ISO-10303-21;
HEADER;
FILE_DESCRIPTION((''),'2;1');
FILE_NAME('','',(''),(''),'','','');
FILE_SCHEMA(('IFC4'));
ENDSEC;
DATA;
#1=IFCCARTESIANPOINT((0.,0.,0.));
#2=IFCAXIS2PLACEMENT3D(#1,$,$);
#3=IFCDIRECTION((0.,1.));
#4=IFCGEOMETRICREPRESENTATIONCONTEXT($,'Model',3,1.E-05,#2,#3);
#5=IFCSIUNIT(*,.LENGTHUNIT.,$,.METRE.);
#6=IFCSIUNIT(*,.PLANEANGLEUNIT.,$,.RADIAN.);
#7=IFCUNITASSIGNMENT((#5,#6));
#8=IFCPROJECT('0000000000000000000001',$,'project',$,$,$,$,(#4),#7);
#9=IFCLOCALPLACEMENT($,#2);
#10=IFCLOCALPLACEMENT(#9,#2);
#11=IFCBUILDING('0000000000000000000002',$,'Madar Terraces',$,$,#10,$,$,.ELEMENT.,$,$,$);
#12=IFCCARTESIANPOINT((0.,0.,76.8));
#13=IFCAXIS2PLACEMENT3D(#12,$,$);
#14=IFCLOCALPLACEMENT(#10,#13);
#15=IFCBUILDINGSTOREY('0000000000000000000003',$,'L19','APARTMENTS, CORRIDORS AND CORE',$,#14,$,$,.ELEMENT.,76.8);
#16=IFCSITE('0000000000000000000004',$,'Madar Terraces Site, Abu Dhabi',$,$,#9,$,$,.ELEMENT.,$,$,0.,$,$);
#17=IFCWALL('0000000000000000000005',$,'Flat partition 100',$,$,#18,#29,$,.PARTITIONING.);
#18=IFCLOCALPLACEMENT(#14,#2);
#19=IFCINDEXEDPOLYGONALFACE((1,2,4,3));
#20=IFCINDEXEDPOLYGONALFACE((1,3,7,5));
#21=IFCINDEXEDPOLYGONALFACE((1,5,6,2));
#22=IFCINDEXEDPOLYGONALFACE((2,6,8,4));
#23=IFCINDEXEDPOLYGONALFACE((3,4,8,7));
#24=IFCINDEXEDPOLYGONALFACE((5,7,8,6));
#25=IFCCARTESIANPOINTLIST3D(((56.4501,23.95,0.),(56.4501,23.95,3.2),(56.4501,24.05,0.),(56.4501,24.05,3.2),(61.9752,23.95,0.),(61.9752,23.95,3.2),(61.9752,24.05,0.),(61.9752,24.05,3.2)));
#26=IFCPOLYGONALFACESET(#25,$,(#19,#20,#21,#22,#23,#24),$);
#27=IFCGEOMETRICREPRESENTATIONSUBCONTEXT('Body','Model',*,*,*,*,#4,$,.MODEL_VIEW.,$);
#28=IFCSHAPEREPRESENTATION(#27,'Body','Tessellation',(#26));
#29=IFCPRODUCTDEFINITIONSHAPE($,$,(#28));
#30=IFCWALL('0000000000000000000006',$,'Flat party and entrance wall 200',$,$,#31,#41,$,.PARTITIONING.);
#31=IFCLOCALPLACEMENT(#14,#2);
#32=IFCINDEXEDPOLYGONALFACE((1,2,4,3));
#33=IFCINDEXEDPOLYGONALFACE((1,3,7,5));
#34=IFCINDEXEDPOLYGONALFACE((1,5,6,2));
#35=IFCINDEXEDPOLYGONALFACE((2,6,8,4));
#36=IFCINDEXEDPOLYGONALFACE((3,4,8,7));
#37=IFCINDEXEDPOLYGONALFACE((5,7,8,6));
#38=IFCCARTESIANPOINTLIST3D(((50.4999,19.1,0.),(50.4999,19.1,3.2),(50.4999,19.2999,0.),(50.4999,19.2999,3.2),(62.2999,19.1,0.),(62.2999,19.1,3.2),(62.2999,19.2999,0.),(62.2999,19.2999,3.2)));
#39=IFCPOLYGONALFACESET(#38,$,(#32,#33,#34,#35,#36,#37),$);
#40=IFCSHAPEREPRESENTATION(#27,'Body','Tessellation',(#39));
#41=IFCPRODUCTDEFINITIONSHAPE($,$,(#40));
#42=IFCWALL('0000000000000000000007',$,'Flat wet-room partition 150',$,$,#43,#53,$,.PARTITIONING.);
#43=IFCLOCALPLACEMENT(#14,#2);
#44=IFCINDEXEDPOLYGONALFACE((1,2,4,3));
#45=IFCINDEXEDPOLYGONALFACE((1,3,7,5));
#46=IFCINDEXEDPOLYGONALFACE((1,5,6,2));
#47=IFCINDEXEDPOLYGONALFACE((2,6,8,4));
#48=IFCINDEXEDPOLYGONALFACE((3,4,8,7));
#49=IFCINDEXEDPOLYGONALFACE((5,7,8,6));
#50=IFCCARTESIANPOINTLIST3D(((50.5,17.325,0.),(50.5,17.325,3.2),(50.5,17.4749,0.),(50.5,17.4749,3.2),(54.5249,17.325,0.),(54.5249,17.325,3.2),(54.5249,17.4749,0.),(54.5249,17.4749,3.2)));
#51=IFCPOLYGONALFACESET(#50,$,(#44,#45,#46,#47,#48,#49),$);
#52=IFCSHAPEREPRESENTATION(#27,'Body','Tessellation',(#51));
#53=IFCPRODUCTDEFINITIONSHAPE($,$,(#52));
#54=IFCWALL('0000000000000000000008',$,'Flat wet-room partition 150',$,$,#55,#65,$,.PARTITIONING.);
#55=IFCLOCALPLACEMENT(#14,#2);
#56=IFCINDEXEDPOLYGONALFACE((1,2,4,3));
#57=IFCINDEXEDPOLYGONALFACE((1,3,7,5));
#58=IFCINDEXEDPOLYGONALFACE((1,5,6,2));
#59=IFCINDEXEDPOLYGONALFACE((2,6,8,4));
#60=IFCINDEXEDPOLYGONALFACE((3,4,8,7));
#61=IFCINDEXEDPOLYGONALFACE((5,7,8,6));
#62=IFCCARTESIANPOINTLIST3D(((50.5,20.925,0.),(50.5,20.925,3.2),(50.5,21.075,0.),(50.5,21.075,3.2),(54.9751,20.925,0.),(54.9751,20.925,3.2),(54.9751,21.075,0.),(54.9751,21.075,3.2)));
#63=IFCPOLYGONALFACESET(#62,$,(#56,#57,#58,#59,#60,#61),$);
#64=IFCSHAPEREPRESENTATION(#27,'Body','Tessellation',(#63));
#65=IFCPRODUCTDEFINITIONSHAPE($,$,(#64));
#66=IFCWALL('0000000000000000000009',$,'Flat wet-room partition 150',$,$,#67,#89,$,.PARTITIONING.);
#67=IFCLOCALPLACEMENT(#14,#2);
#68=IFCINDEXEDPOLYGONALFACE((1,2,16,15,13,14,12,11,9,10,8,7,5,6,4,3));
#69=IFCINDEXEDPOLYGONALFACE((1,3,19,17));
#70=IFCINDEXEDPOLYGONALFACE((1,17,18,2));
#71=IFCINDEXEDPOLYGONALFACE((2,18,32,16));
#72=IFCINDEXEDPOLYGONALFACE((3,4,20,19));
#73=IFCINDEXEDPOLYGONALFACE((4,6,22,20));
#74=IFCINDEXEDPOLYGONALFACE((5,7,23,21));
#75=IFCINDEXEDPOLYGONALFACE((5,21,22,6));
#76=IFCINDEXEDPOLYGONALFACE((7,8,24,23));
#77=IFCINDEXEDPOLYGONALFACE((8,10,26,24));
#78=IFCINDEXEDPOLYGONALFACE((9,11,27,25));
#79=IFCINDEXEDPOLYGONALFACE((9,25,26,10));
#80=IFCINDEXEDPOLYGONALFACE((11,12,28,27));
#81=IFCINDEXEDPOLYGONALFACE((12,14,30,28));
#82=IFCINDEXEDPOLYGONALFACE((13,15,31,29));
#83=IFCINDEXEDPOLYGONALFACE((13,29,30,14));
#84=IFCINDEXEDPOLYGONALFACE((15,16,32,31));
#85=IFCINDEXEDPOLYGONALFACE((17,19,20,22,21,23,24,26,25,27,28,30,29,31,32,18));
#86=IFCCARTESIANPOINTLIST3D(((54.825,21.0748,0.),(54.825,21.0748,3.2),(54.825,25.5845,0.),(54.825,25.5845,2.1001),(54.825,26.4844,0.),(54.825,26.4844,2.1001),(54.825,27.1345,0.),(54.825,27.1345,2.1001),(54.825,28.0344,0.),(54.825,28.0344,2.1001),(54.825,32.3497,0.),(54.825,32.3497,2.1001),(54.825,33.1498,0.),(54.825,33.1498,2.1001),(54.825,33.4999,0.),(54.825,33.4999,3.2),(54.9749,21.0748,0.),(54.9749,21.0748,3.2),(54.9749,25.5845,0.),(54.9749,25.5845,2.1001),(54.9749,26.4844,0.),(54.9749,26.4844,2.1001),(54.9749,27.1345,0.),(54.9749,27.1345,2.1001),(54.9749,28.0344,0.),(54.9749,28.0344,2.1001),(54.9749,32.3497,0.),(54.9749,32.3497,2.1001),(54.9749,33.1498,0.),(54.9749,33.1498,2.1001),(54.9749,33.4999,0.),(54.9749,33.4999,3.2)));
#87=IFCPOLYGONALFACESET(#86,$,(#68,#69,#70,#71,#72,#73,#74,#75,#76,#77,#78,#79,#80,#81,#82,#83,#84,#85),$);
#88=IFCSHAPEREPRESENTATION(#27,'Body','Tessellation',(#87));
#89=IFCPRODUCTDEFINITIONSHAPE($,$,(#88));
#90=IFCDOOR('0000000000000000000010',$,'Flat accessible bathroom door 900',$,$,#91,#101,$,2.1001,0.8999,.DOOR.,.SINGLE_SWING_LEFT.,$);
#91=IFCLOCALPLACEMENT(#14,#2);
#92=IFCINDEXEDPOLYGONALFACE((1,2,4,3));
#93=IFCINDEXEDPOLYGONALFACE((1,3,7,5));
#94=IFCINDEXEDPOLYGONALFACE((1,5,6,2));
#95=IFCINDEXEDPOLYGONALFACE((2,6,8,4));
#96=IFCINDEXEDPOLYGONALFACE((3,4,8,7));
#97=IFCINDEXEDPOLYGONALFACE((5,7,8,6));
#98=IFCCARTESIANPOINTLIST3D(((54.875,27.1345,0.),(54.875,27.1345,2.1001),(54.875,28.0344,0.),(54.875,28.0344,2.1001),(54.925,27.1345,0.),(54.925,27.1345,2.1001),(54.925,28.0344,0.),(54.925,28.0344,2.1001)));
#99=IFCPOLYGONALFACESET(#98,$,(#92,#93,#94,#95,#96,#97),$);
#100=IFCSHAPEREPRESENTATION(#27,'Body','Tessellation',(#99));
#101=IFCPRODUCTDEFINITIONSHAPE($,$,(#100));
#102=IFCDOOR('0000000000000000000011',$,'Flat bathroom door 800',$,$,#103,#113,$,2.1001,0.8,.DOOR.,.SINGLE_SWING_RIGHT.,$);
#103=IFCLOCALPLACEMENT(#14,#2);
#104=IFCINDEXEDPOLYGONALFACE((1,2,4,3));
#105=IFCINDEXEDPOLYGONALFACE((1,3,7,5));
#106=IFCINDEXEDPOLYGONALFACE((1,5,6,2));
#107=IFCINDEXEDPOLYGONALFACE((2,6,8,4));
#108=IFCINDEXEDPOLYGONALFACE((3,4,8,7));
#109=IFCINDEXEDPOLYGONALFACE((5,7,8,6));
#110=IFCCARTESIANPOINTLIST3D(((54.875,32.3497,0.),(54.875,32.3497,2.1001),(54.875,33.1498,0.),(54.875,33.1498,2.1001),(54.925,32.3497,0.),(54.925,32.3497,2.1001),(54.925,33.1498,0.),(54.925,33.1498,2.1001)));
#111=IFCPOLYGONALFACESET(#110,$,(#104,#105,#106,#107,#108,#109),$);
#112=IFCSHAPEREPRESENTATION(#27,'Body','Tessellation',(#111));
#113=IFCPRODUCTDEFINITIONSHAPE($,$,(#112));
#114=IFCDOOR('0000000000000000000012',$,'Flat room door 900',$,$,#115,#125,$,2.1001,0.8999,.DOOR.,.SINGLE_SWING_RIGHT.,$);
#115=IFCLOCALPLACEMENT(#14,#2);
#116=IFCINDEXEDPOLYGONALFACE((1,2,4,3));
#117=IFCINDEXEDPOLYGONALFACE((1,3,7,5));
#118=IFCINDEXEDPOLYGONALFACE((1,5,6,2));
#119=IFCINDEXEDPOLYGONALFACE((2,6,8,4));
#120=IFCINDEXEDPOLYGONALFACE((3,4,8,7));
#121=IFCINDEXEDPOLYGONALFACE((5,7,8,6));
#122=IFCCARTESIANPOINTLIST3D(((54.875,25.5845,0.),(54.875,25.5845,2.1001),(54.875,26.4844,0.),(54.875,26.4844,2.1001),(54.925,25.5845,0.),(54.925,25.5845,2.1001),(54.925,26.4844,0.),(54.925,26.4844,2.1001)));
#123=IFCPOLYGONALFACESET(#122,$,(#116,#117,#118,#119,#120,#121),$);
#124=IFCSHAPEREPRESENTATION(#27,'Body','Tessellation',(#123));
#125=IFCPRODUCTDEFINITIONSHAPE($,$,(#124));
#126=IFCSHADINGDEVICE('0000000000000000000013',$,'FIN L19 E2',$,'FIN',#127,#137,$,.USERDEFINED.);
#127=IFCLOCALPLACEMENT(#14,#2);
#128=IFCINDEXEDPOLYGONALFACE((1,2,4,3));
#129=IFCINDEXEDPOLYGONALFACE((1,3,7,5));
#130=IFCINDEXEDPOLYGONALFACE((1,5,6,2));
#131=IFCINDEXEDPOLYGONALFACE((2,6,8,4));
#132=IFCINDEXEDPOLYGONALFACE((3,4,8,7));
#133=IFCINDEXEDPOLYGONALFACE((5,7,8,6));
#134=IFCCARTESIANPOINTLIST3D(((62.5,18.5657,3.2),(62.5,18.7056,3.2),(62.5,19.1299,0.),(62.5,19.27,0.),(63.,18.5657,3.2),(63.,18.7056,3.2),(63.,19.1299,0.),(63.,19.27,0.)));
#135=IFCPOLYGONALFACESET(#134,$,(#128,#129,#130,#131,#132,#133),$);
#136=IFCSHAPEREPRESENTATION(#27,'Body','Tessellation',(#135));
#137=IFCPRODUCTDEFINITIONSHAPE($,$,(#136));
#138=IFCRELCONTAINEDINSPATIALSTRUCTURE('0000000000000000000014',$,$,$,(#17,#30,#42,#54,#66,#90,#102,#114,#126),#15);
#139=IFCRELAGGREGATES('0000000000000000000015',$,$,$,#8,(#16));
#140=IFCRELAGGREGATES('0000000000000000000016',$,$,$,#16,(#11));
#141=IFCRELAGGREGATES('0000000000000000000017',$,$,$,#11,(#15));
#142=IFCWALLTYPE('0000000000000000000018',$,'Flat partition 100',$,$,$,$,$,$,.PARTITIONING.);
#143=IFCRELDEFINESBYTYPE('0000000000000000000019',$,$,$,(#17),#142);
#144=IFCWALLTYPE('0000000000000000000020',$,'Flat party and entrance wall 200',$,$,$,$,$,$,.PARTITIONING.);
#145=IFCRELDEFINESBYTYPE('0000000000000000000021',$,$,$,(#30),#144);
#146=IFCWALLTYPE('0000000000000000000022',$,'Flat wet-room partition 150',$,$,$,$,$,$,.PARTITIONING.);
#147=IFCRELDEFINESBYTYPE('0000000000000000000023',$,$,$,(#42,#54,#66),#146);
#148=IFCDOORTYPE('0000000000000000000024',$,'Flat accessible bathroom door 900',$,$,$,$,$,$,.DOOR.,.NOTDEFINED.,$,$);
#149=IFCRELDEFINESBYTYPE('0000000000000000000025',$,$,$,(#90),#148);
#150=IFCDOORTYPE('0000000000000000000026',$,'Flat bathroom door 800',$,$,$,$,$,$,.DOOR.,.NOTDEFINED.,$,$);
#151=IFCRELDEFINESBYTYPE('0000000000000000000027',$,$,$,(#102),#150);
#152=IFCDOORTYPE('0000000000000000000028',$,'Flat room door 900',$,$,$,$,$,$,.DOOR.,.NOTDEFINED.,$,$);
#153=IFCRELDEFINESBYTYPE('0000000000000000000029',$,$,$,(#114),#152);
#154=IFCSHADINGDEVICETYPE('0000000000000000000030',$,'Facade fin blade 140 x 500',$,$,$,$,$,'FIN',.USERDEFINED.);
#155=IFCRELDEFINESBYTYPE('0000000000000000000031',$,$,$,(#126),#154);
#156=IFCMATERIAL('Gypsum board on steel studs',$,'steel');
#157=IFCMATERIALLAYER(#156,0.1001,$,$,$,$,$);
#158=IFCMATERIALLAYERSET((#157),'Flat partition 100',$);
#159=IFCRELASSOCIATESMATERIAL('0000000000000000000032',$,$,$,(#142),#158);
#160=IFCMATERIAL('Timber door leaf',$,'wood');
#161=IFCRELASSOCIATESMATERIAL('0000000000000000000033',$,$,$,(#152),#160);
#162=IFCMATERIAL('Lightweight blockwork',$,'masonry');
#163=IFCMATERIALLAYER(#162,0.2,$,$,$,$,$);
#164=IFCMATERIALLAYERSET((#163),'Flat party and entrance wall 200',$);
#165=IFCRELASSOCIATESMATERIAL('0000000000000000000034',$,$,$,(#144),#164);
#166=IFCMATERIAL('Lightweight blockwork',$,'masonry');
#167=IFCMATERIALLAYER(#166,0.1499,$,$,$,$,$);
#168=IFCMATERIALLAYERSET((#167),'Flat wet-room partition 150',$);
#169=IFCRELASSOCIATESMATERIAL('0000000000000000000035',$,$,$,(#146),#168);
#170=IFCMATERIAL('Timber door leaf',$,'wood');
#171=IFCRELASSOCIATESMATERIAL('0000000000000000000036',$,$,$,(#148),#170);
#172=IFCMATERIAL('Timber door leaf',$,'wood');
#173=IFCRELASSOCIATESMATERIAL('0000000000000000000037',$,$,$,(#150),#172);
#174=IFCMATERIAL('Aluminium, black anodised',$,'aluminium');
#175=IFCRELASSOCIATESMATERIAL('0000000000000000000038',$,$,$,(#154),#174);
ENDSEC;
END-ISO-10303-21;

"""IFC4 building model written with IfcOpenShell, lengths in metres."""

from ifc_helpers import new_model, si_unit, direction, frame, frame_2d, origin, place, context, subcontext, project, spatial, polyline, rectangle, outline, extrude, material, layer, layer_set, type_object, element, fill, save


model = new_model("IFC4")

# Units and contexts
model_context = context("Model", 3, precision=1e-05, world=origin(), true_north=direction((0.0, 1.0)))
body_context = subcontext(model_context, "Body", "Model", "MODEL_VIEW")
ifc_project = project(units=[si_unit("LENGTHUNIT", "METRE"), si_unit("PLANEANGLEUNIT", "RADIAN")], contexts=[model_context])

# Site, building, storey
site_placement = place(None, origin())
site = spatial("IfcSite", under=ifc_project, at=site_placement, Name="Madar Terraces Site, Abu Dhabi", CompositionType="ELEMENT", RefElevation=0.0)
building_placement = place(site_placement, origin())
building = spatial("IfcBuilding", under=site, at=building_placement, Name="Madar Terraces", CompositionType="ELEMENT")
storey_placement = place(building_placement, frame((0.0, 0.0, 76.8)))
storey = spatial("IfcBuildingStorey", under=building, at=storey_placement, Name="L19", Description="APARTMENTS, CORRIDORS AND CORE", CompositionType="ELEMENT", Elevation=76.8)

# Shared definitions
ifc_material_1 = material(Name="Gypsum board on steel studs", Category="steel")
ifc_layer_1 = layer(ifc_material_1, 0.1001)
ifc_layer_set_1 = layer_set([ifc_layer_1], Name="Flat partition 100")
wall_type_1 = type_object("IfcWallType", Name="Flat partition 100", PredefinedType="PARTITIONING", material=ifc_layer_set_1)
ifc_material_2 = material(Name="Timber door leaf", Category="wood")
door_type_1 = type_object("IfcDoorType", Name="Flat room door 900", OperationType="NOTDEFINED", PredefinedType="DOOR", material=ifc_material_2)

# Walls
wall_1_placement = place(storey_placement, frame((56.45, 24.0, 0.0), z_axis=(0.0, 0.0, 1.0), x_axis=(1.0, 0.0, 0.0)))
element("IfcWall", 1, at=wall_1_placement, inside=storey, type_object=wall_type_1, Name="Flat partition 100", PredefinedType="PARTITIONING", context=body_context, shape_type="SweptSolid", body=[
    extrude(rectangle(XDim=5.5251, YDim=0.1001, at=frame_2d((2.7627, 0.0))), origin(), (0.0, 0.0, 1.0), 3.2),
])
ifc_material_3 = material(Name="Lightweight blockwork", Category="masonry")
ifc_layer_2 = layer(ifc_material_3, 0.2)
ifc_layer_set_2 = layer_set([ifc_layer_2], Name="Flat party and entrance wall 200")
wall_type_2 = type_object("IfcWallType", Name="Flat party and entrance wall 200", PredefinedType="PARTITIONING", material=ifc_layer_set_2)
wall_2_placement = place(storey_placement, frame((50.5, 19.2, 0.0), z_axis=(0.0, 0.0, 1.0), x_axis=(1.0, 0.0, 0.0)))
element("IfcWall", 2, at=wall_2_placement, inside=storey, type_object=wall_type_2, Name="Flat party and entrance wall 200", PredefinedType="PARTITIONING", context=body_context, shape_type="SweptSolid", body=[
    extrude(rectangle(XDim=11.8, YDim=0.2, at=frame_2d((5.8999, 0.0))), origin(), (0.0, 0.0, 1.0), 3.2),
])
ifc_material_4 = material(Name="Lightweight blockwork", Category="masonry")
ifc_layer_3 = layer(ifc_material_4, 0.1499)
ifc_layer_set_3 = layer_set([ifc_layer_3], Name="Flat wet-room partition 150")
wall_type_3 = type_object("IfcWallType", Name="Flat wet-room partition 150", PredefinedType="PARTITIONING", material=ifc_layer_set_3)
wall_3_placement = place(storey_placement, frame((50.5, 17.3999, 0.0), z_axis=(0.0, 0.0, 1.0), x_axis=(1.0, 0.0, 0.0)))
element("IfcWall", 3, at=wall_3_placement, inside=storey, type_object=wall_type_3, Name="Flat wet-room partition 150", PredefinedType="PARTITIONING", context=body_context, shape_type="SweptSolid", body=[
    extrude(rectangle(XDim=4.0249, YDim=0.1499, at=frame_2d((2.0125, 0.0))), origin(), (0.0, 0.0, 1.0), 3.2),
])
wall_4_placement = place(storey_placement, frame((50.5, 21.0, 0.0), z_axis=(0.0, 0.0, 1.0), x_axis=(1.0, 0.0, 0.0)))
element("IfcWall", 4, at=wall_4_placement, inside=storey, type_object=wall_type_3, Name="Flat wet-room partition 150", PredefinedType="PARTITIONING", context=body_context, shape_type="SweptSolid", body=[
    extrude(rectangle(XDim=4.4751, YDim=0.1499, at=frame_2d((2.2375, 0.0))), origin(), (0.0, 0.0, 1.0), 3.2),
])

# Wall, openings, doors
wall_5_placement = place(storey_placement, frame((54.8999, 21.075, 0.0), z_axis=(0.0, 0.0, 1.0), x_axis=(0.0, 1.0, 0.0)))
wall_5 = element("IfcWall", 5, at=wall_5_placement, inside=storey, type_object=wall_type_3, Name="Flat wet-room partition 150", PredefinedType="PARTITIONING", context=body_context, shape_type="SweptSolid", body=[
    extrude(rectangle(XDim=12.425, YDim=0.1499, at=frame_2d((6.2124, 0.0))), origin(), (0.0, 0.0, 1.0), 3.2),
])
opening_1_placement = place(wall_5_placement, frame((4.5095, 0.0, 0.0)))
opening_1 = element("IfcOpeningElement", 6, at=opening_1_placement, cuts=wall_5, PredefinedType="OPENING", context=body_context, shape_type="SweptSolid", body=[
    extrude(rectangle(XDim=0.8999, YDim=2.1001, at=frame_2d((0.45, 1.05))), frame((0.0, 0.085, 0.0), z_axis=(0.0, -1.0, 0.0), x_axis=(1.0, 0.0, 0.0)), (0.0, 0.0, 1.0), 0.1699),
])
opening_2_placement = place(wall_5_placement, frame((6.0596, 0.0, 0.0)))
opening_2 = element("IfcOpeningElement", 7, at=opening_2_placement, cuts=wall_5, PredefinedType="OPENING", context=body_context, shape_type="SweptSolid", body=[
    extrude(rectangle(XDim=0.8999, YDim=2.1001, at=frame_2d((0.45, 1.05))), frame((0.0, 0.085, 0.0), z_axis=(0.0, -1.0, 0.0), x_axis=(1.0, 0.0, 0.0)), (0.0, 0.0, 1.0), 0.1699),
])
opening_3_placement = place(wall_5_placement, frame((11.2749, 0.0, 0.0)))
opening_3 = element("IfcOpeningElement", 8, at=opening_3_placement, cuts=wall_5, PredefinedType="OPENING", context=body_context, shape_type="SweptSolid", body=[
    extrude(rectangle(XDim=0.8, YDim=2.1001, at=frame_2d((0.3999, 1.05))), frame((0.0, 0.085, 0.0), z_axis=(0.0, -1.0, 0.0), x_axis=(1.0, 0.0, 0.0)), (0.0, 0.0, 1.0), 0.1699),
])
ifc_material_5 = material(Name="Timber door leaf", Category="wood")
door_type_2 = type_object("IfcDoorType", Name="Flat accessible bathroom door 900", OperationType="NOTDEFINED", PredefinedType="DOOR", material=ifc_material_5)
door_1_placement = place(opening_2_placement, origin())
door_1 = element("IfcDoor", 9, at=door_1_placement, inside=storey, type_object=door_type_2, Name="Flat accessible bathroom door 900", OperationType="SINGLE_SWING_LEFT", OverallHeight=2.1001, OverallWidth=0.8999, PredefinedType="DOOR", context=body_context, shape_type="SweptSolid", body=[
    extrude(rectangle(XDim=0.8999, YDim=2.1001, at=frame_2d((0.45, 1.05))), frame((0.0, 0.0249, 0.0), z_axis=(0.0, -1.0, 0.0), x_axis=(1.0, 0.0, 0.0)), (0.0, 0.0, 1.0), 0.05),
])
fill(opening_2, door_1)
ifc_material_6 = material(Name="Timber door leaf", Category="wood")
door_type_3 = type_object("IfcDoorType", Name="Flat bathroom door 800", OperationType="NOTDEFINED", PredefinedType="DOOR", material=ifc_material_6)
door_2_placement = place(opening_3_placement, origin())
door_2 = element("IfcDoor", 10, at=door_2_placement, inside=storey, type_object=door_type_3, Name="Flat bathroom door 800", OperationType="SINGLE_SWING_RIGHT", OverallHeight=2.1001, OverallWidth=0.8, PredefinedType="DOOR", context=body_context, shape_type="SweptSolid", body=[
    extrude(rectangle(XDim=0.8, YDim=2.1001, at=frame_2d((0.3999, 1.05))), frame((0.0, 0.0249, 0.0), z_axis=(0.0, -1.0, 0.0), x_axis=(1.0, 0.0, 0.0)), (0.0, 0.0, 1.0), 0.05),
])
fill(opening_3, door_2)
door_3_placement = place(opening_1_placement, origin())
door_3 = element("IfcDoor", 11, at=door_3_placement, inside=storey, type_object=door_type_1, Name="Flat room door 900", OperationType="SINGLE_SWING_RIGHT", OverallHeight=2.1001, OverallWidth=0.8999, PredefinedType="DOOR", context=body_context, shape_type="SweptSolid", body=[
    extrude(rectangle(XDim=0.8999, YDim=2.1001, at=frame_2d((0.45, 1.05))), frame((0.0, 0.0249, 0.0), z_axis=(0.0, -1.0, 0.0), x_axis=(1.0, 0.0, 0.0)), (0.0, 0.0, 1.0), 0.05),
])
fill(opening_1, door_3)

# Shading device
ifc_material_7 = material(Name="Aluminium, black anodised", Category="aluminium")
shading_device_type = type_object("IfcShadingDeviceType", Name="Facade fin blade 140 x 500", ElementType="FIN", PredefinedType="USERDEFINED", material=ifc_material_7)
shading_device_placement = place(storey_placement, frame((62.75, 19.1299, 0.0), z_axis=(0.0, 0.0, 1.0), x_axis=(0.0, 1.0, 0.0)))
element("IfcShadingDevice", 12, at=shading_device_placement, inside=storey, type_object=shading_device_type, Name="FIN L19 E2", ObjectType="FIN", PredefinedType="USERDEFINED", context=body_context, shape_type="SweptSolid", body=[
    extrude(outline(polyline([(0.0, 0.0), (0.1401, 0.0), (-0.4243, 3.2), (-0.5642, 3.2), (0.0, 0.0)])), frame((0.0, 0.25, 0.0), z_axis=(0.0, -1.0, 0.0), x_axis=(1.0, 0.0, 0.0)), (0.0, 0.0, 1.0), 0.5),
])

save(model, "model.ifc")
